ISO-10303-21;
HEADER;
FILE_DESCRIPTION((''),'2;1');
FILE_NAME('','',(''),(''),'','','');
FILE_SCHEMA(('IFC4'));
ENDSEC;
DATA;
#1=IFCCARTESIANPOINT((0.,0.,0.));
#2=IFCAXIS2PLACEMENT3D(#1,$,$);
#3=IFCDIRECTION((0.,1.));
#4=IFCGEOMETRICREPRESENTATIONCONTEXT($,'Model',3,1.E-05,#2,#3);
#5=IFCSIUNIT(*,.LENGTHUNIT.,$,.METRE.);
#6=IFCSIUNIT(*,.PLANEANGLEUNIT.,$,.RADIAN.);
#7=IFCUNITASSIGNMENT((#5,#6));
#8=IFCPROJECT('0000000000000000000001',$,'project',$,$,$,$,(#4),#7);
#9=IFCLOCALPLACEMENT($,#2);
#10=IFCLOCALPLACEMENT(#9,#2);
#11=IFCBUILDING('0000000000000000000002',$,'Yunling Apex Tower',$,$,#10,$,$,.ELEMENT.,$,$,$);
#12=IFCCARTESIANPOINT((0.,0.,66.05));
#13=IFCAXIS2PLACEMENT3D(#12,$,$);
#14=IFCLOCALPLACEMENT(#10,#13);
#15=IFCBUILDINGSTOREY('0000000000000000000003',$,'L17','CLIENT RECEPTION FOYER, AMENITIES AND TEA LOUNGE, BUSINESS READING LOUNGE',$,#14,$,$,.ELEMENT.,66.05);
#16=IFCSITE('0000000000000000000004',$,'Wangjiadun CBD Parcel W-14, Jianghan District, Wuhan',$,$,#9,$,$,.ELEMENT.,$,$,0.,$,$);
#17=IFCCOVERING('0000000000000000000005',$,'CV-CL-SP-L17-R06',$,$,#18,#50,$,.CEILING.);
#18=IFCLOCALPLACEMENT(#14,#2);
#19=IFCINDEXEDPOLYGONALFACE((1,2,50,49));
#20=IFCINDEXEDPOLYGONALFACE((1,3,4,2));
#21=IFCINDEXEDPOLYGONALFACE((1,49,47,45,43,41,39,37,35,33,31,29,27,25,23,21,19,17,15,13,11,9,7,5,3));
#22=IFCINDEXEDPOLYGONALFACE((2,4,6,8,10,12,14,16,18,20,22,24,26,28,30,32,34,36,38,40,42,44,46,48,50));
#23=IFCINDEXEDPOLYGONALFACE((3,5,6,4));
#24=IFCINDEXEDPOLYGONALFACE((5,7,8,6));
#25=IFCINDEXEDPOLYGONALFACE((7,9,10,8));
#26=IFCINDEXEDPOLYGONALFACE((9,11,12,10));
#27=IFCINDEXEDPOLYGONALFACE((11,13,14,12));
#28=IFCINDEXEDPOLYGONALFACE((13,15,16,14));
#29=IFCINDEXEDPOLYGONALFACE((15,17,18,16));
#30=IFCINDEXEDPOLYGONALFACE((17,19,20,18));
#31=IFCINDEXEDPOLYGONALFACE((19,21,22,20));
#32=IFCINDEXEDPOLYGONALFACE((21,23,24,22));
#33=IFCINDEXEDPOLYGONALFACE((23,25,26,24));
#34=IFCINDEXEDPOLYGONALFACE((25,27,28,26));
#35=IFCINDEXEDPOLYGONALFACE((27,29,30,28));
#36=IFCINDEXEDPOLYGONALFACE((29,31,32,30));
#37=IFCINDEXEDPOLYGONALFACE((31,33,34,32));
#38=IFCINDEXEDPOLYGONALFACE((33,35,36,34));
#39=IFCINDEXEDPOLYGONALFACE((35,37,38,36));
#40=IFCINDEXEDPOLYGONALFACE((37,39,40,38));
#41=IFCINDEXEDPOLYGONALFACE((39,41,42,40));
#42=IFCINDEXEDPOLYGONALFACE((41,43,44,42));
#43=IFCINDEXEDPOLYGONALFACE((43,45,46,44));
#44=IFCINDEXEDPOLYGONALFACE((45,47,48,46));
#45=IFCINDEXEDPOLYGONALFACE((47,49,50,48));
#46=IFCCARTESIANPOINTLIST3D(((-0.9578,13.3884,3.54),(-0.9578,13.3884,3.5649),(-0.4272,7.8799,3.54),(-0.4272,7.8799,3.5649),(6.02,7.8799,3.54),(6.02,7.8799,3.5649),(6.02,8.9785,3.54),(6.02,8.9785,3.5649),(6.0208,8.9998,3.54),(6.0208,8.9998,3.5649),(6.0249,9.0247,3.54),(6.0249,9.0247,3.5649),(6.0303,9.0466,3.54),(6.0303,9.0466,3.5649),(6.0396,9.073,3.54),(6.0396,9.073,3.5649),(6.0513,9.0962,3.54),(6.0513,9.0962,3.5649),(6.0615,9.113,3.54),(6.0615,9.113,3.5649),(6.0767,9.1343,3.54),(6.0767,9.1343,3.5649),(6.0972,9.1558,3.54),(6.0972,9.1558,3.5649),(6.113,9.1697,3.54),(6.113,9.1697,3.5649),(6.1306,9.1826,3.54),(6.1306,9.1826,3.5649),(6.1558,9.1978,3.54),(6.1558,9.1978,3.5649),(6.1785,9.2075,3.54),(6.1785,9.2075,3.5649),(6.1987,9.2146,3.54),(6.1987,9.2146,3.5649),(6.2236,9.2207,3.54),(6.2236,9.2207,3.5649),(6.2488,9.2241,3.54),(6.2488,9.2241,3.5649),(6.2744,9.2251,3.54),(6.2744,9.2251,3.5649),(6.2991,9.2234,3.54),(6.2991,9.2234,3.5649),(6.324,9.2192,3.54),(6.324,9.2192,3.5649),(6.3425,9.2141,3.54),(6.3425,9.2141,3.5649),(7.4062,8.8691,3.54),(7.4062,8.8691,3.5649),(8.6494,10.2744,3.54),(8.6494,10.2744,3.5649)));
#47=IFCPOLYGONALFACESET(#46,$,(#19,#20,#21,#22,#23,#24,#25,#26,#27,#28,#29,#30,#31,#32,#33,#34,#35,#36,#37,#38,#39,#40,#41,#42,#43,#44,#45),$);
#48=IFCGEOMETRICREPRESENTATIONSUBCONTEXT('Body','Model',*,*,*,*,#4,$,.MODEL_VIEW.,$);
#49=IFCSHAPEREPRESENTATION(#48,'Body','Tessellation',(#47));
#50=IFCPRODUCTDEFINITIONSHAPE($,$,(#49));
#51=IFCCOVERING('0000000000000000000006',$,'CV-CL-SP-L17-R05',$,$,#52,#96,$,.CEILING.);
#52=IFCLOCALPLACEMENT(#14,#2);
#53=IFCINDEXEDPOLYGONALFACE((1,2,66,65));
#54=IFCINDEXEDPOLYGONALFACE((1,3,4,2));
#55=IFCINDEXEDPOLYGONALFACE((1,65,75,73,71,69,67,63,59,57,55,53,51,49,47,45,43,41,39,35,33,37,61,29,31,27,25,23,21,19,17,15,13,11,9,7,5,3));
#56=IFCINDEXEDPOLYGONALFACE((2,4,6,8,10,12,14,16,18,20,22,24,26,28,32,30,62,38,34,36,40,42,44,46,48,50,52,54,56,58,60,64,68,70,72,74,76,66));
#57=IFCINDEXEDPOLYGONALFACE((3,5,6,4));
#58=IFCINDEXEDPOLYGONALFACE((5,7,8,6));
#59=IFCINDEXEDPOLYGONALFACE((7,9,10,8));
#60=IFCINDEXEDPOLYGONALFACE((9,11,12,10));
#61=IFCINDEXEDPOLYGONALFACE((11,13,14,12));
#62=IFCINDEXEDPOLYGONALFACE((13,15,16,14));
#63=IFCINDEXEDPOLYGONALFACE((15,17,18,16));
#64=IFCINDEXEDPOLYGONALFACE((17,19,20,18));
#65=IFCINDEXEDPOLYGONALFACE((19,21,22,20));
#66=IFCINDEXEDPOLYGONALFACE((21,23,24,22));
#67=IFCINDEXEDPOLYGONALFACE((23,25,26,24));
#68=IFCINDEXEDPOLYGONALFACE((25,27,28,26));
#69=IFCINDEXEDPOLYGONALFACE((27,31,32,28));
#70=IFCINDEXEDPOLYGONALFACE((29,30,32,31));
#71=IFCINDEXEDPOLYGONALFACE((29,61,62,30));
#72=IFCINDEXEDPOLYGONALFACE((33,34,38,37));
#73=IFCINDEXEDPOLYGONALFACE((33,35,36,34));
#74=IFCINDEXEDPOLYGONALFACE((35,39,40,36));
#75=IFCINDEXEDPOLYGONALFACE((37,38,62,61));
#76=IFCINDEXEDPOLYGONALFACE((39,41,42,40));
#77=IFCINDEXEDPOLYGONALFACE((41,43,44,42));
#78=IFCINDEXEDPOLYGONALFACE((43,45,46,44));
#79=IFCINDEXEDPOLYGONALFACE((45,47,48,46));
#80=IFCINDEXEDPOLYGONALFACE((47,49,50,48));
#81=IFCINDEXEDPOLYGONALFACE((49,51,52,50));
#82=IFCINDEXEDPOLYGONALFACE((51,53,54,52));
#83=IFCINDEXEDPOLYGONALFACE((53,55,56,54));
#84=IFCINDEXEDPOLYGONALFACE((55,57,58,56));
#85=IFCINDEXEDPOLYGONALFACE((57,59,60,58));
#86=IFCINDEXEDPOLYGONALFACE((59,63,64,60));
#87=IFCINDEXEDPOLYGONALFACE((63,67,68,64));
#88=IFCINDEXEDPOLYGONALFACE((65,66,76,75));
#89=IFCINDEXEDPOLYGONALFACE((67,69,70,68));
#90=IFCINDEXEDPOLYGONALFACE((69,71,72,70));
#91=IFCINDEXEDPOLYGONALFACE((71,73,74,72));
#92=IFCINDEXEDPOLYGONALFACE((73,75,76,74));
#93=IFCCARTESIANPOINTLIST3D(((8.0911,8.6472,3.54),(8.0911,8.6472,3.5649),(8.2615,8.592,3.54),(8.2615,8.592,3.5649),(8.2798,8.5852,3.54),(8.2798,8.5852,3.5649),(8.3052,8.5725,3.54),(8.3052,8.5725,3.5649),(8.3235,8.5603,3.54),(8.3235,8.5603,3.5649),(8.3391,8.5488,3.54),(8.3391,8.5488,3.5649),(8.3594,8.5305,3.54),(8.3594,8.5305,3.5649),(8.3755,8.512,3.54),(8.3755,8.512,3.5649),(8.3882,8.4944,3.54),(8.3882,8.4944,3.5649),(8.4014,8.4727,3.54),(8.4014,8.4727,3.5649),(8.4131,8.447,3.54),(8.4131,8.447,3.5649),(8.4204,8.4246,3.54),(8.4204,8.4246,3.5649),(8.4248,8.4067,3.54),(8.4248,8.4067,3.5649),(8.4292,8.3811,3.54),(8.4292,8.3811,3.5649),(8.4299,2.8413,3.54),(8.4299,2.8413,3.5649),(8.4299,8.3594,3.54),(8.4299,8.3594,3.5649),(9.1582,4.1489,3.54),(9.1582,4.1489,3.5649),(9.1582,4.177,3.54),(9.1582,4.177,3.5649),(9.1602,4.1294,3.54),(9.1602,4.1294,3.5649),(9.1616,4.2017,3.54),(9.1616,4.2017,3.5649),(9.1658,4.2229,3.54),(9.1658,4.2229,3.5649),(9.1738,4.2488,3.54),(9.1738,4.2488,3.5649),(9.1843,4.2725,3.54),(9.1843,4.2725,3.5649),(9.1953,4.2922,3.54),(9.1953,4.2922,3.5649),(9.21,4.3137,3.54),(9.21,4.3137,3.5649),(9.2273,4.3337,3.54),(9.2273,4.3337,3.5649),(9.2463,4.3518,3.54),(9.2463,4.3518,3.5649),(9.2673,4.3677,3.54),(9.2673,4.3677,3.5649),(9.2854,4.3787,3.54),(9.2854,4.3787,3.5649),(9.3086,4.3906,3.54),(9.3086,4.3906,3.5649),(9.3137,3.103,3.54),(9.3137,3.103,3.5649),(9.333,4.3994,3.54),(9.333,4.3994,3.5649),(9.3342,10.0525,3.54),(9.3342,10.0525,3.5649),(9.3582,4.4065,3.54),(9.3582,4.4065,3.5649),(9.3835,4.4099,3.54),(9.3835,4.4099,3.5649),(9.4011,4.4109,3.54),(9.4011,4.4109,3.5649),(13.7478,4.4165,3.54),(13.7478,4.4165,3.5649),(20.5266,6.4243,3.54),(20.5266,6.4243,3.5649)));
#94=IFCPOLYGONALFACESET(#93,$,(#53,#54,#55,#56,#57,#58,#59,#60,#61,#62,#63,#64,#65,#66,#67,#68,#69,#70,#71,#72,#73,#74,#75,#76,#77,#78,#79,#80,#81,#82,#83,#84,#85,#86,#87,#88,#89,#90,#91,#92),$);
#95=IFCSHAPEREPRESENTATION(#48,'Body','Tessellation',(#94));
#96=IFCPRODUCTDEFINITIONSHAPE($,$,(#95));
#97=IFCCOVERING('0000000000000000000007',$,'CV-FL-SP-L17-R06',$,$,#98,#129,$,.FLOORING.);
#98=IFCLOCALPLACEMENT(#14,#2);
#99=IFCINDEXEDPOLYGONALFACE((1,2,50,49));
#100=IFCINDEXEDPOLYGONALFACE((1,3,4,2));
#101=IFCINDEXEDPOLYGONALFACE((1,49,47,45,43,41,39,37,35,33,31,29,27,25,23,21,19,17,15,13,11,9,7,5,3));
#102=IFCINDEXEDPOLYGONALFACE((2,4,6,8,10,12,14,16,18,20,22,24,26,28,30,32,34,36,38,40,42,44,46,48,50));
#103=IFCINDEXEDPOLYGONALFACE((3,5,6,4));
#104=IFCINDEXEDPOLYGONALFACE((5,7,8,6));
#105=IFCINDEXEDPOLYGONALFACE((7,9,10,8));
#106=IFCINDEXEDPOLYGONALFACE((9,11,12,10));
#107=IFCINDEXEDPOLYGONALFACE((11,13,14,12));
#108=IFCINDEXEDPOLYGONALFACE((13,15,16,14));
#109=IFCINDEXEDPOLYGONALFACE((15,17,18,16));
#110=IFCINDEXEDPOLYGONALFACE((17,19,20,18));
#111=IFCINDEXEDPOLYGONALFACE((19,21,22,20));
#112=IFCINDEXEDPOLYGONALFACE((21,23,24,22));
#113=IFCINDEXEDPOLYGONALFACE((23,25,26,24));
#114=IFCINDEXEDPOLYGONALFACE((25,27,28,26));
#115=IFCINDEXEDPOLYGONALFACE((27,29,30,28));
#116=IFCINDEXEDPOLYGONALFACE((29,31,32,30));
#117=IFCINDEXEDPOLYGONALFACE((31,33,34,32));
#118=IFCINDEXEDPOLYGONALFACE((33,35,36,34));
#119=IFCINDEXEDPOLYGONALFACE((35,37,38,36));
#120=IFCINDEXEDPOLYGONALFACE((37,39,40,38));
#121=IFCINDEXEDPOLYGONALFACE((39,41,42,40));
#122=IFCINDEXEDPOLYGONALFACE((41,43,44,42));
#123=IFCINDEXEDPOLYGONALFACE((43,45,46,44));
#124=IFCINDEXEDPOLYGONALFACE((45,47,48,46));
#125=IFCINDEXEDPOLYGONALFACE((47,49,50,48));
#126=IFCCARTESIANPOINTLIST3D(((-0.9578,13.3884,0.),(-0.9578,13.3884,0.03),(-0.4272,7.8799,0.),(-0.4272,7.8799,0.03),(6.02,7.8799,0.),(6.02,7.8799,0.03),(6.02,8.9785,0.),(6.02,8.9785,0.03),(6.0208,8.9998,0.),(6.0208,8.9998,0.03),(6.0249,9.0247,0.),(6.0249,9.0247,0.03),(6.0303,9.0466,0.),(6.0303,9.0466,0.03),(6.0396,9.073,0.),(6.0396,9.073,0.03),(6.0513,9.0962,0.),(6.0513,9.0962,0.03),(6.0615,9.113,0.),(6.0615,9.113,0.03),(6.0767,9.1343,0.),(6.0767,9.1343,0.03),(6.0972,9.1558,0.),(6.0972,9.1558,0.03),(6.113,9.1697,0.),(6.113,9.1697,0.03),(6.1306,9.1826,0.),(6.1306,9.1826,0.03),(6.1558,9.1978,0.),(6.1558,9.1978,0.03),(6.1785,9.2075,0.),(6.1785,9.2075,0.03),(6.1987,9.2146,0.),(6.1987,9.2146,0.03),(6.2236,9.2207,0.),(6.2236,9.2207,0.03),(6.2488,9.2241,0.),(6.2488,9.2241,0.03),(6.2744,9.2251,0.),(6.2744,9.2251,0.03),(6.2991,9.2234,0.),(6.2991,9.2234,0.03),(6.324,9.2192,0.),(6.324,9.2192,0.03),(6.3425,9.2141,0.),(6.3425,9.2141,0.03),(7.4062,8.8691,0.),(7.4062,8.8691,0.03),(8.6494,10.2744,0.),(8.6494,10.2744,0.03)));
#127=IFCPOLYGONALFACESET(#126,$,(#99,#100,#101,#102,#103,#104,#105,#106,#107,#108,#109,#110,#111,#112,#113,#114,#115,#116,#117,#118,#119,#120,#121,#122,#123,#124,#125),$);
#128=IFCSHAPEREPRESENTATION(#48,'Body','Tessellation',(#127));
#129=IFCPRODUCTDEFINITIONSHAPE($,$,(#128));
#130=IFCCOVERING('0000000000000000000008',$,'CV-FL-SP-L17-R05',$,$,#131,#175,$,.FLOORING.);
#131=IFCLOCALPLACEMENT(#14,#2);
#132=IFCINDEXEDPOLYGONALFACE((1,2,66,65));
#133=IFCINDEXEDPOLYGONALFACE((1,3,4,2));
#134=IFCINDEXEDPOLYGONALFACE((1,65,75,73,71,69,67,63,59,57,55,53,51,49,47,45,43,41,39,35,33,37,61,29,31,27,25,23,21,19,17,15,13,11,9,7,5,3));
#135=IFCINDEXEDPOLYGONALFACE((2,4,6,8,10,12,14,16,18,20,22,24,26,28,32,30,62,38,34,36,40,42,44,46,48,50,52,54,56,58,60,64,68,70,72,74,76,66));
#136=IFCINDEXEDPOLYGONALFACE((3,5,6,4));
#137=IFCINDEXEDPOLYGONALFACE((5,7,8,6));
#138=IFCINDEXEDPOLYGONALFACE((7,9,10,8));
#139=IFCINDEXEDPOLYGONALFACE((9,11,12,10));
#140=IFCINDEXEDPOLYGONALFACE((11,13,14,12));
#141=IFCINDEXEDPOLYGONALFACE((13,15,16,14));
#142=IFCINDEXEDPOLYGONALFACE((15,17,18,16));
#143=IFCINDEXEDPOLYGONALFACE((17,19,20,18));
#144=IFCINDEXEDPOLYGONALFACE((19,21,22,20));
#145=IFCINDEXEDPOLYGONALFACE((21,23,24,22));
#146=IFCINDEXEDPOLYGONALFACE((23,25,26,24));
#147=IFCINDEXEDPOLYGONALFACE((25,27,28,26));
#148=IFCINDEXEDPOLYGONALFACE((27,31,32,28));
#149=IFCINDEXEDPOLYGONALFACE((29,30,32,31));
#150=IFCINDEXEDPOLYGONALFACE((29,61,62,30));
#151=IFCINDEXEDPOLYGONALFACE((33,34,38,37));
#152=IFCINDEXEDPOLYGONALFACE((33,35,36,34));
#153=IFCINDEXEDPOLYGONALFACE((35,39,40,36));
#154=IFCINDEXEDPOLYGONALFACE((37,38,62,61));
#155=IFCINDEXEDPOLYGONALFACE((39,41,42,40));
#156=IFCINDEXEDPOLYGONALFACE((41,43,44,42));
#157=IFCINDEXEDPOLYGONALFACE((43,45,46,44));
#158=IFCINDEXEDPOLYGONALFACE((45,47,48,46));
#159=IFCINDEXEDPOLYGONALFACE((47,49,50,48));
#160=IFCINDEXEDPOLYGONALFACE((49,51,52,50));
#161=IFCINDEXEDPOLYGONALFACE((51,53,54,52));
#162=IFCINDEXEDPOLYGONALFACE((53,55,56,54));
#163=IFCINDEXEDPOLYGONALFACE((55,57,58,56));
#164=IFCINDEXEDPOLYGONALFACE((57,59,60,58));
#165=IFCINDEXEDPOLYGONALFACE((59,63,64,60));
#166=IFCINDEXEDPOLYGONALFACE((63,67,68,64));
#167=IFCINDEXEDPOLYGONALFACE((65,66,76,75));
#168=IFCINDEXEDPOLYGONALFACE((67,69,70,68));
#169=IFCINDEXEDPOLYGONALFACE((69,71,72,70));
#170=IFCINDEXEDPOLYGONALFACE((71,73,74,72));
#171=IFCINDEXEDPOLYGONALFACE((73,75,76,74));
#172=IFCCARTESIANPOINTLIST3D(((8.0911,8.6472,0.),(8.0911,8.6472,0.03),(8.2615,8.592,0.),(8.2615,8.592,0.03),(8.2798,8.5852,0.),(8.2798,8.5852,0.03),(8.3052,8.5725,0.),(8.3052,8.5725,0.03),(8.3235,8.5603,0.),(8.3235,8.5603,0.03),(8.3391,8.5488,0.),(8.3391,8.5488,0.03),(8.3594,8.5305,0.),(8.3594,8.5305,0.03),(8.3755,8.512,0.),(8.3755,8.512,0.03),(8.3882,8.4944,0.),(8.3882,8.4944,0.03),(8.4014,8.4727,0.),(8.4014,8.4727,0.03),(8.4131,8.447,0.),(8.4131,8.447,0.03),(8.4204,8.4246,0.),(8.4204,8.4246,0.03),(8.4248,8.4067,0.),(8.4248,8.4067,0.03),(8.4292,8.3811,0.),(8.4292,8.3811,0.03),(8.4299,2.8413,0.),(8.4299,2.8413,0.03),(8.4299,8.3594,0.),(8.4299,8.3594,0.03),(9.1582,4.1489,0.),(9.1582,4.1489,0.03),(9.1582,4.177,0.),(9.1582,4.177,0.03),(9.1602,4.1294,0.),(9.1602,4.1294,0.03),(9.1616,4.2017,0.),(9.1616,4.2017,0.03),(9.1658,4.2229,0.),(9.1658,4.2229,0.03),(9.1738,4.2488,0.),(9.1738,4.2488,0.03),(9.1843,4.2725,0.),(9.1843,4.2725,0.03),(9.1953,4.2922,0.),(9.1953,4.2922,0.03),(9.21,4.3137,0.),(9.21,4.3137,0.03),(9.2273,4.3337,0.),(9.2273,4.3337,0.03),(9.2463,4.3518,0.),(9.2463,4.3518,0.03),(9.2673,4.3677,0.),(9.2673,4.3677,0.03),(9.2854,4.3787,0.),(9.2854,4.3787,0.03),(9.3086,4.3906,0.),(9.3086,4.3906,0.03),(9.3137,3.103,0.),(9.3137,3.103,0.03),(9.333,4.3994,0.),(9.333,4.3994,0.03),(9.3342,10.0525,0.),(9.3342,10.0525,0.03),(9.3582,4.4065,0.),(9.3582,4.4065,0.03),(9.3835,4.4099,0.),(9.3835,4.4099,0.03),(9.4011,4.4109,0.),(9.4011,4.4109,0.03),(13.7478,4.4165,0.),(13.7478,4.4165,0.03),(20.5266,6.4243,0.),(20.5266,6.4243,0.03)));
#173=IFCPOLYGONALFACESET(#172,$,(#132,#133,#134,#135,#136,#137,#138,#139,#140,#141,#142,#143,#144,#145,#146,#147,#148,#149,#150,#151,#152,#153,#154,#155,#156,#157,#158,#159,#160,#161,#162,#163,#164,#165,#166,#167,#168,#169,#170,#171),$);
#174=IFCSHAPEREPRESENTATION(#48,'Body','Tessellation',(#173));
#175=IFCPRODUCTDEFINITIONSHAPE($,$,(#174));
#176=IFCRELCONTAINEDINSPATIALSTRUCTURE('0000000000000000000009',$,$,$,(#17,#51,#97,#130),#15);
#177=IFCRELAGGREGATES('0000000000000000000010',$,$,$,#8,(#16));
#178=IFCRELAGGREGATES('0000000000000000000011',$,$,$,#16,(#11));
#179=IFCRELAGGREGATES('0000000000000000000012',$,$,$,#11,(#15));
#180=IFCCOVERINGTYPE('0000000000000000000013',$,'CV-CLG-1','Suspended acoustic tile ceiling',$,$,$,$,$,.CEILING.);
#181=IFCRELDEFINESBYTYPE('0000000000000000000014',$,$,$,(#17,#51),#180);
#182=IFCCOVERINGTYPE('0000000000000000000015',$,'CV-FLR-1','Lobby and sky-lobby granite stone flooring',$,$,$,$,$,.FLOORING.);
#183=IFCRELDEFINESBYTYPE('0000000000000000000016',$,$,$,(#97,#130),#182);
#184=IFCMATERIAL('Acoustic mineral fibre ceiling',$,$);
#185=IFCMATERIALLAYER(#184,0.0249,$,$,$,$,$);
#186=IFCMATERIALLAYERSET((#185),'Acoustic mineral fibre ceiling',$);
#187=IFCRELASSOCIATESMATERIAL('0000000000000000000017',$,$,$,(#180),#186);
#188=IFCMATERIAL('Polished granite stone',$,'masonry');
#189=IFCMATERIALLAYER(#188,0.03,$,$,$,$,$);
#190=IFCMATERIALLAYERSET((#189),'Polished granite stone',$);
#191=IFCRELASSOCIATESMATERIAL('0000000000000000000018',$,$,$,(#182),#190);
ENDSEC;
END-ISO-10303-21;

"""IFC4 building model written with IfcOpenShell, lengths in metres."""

from ifc_helpers import new_model, si_unit, direction, frame, origin, place, context, subcontext, project, spatial, polyline, outline, extrude, material, layer, layer_set, type_object, element, save


model = new_model("IFC4")

# Units and contexts
model_context = context("Model", 3, precision=1e-05, world=origin(), true_north=direction((0.0, 1.0)))
body_context = subcontext(model_context, "Body", "Model", "MODEL_VIEW")
ifc_project = project(units=[si_unit("LENGTHUNIT", "METRE"), si_unit("PLANEANGLEUNIT", "RADIAN")], contexts=[model_context])

# Site, building, storey
site_placement = place(None, origin())
site = spatial("IfcSite", under=ifc_project, at=site_placement, Name="Wangjiadun CBD Parcel W-14, Jianghan District, Wuhan", CompositionType="ELEMENT", RefElevation=0.0)
building_placement = place(site_placement, origin())
building = spatial("IfcBuilding", under=site, at=building_placement, Name="Yunling Apex Tower", CompositionType="ELEMENT")
storey_placement = place(building_placement, frame((0.0, 0.0, 66.05)))
storey = spatial("IfcBuildingStorey", under=building, at=storey_placement, Name="L17", Description="CLIENT RECEPTION FOYER, AMENITIES AND TEA LOUNGE, BUSINESS READING LOUNGE", CompositionType="ELEMENT", Elevation=66.05)

# Coverings
ifc_material_1 = material(Name="Acoustic mineral fibre ceiling")
ifc_layer_1 = layer(ifc_material_1, 0.0249)
ifc_layer_set_1 = layer_set([ifc_layer_1], Name="Acoustic mineral fibre ceiling")
covering_type_1 = type_object("IfcCoveringType", Name="CV-CLG-1", Description="Suspended acoustic tile ceiling", PredefinedType="CEILING", material=ifc_layer_set_1)
covering_1_placement = place(storey_placement, frame((0.0, 0.0, 3.54)))
element("IfcCovering", 1, at=covering_1_placement, inside=storey, type_object=covering_type_1, Name="CV-CL-SP-L17-R06", PredefinedType="CEILING", context=body_context, shape_type="SweptSolid", body=[
    extrude(outline(polyline([(-0.9578, 13.3884), (8.6494, 10.2744), (7.4062, 8.8691), (6.3425, 9.2141), (6.324, 9.2192), (6.2991, 9.2234), (6.2744, 9.2251), (6.2488, 9.2241), (6.2236, 9.2207), (6.1987, 9.2146), (6.1785, 9.2075), (6.1558, 9.1978), (6.1306, 9.1826), (6.113, 9.1697), (6.0972, 9.1558), (6.0767, 9.1343), (6.0615, 9.113), (6.0513, 9.0962), (6.0396, 9.073), (6.0303, 9.0466), (6.0249, 9.0247), (6.0208, 8.9998), (6.02, 8.9785), (6.02, 7.8799), (-0.4272, 7.8799), (-0.9578, 13.3884)])), origin(), (0.0, 0.0, 1.0), 0.0249),
])
covering_2_placement = place(storey_placement, frame((0.0, 0.0, 3.54)))
element("IfcCovering", 2, at=covering_2_placement, inside=storey, type_object=covering_type_1, Name="CV-CL-SP-L17-R05", PredefinedType="CEILING", context=body_context, shape_type="SweptSolid", body=[
    extrude(outline(polyline([(9.3342, 10.0525), (20.5266, 6.4243), (13.7478, 4.4165), (9.4011, 4.4109), (9.3835, 4.4099), (9.3582, 4.4065), (9.333, 4.3994), (9.3086, 4.3906), (9.2854, 4.3787), (9.2673, 4.3677), (9.2463, 4.3518), (9.2273, 4.3337), (9.21, 4.3137), (9.1953, 4.2922), (9.1843, 4.2725), (9.1738, 4.2488), (9.1658, 4.2229), (9.1616, 4.2017), (9.1582, 4.177), (9.1582, 4.1489), (9.1602, 4.1294), (9.3137, 3.103), (8.4299, 2.8413), (8.4299, 8.3594), (8.4292, 8.3811), (8.4248, 8.4067), (8.4204, 8.4246), (8.4131, 8.447), (8.4014, 8.4727), (8.3882, 8.4944), (8.3755, 8.512), (8.3594, 8.5305), (8.3391, 8.5488), (8.3235, 8.5603), (8.3052, 8.5725), (8.2798, 8.5852), (8.2615, 8.592), (8.0911, 8.6472), (9.3342, 10.0525)])), origin(), (0.0, 0.0, 1.0), 0.0249),
])
ifc_material_2 = material(Name="Polished granite stone", Category="masonry")
ifc_layer_2 = layer(ifc_material_2, 0.03)
ifc_layer_set_2 = layer_set([ifc_layer_2], Name="Polished granite stone")
covering_type_2 = type_object("IfcCoveringType", Name="CV-FLR-1", Description="Lobby and sky-lobby granite stone flooring", PredefinedType="FLOORING", material=ifc_layer_set_2)
covering_3_placement = place(storey_placement, origin())
element("IfcCovering", 3, at=covering_3_placement, inside=storey, type_object=covering_type_2, Name="CV-FL-SP-L17-R06", PredefinedType="FLOORING", context=body_context, shape_type="SweptSolid", body=[
    extrude(outline(polyline([(-0.9578, 13.3884), (8.6494, 10.2744), (7.4062, 8.8691), (6.3425, 9.2141), (6.324, 9.2192), (6.2991, 9.2234), (6.2744, 9.2251), (6.2488, 9.2241), (6.2236, 9.2207), (6.1987, 9.2146), (6.1785, 9.2075), (6.1558, 9.1978), (6.1306, 9.1826), (6.113, 9.1697), (6.0972, 9.1558), (6.0767, 9.1343), (6.0615, 9.113), (6.0513, 9.0962), (6.0396, 9.073), (6.0303, 9.0466), (6.0249, 9.0247), (6.0208, 8.9998), (6.02, 8.9785), (6.02, 7.8799), (-0.4272, 7.8799), (-0.9578, 13.3884)])), origin(), (0.0, 0.0, 1.0), 0.03),
])
covering_4_placement = place(storey_placement, origin())
element("IfcCovering", 4, at=covering_4_placement, inside=storey, type_object=covering_type_2, Name="CV-FL-SP-L17-R05", PredefinedType="FLOORING", context=body_context, shape_type="SweptSolid", body=[
    extrude(outline(polyline([(9.3342, 10.0525), (20.5266, 6.4243), (13.7478, 4.4165), (9.4011, 4.4109), (9.3835, 4.4099), (9.3582, 4.4065), (9.333, 4.3994), (9.3086, 4.3906), (9.2854, 4.3787), (9.2673, 4.3677), (9.2463, 4.3518), (9.2273, 4.3337), (9.21, 4.3137), (9.1953, 4.2922), (9.1843, 4.2725), (9.1738, 4.2488), (9.1658, 4.2229), (9.1616, 4.2017), (9.1582, 4.177), (9.1582, 4.1489), (9.1602, 4.1294), (9.3137, 3.103), (8.4299, 2.8413), (8.4299, 8.3594), (8.4292, 8.3811), (8.4248, 8.4067), (8.4204, 8.4246), (8.4131, 8.447), (8.4014, 8.4727), (8.3882, 8.4944), (8.3755, 8.512), (8.3594, 8.5305), (8.3391, 8.5488), (8.3235, 8.5603), (8.3052, 8.5725), (8.2798, 8.5852), (8.2615, 8.592), (8.0911, 8.6472), (9.3342, 10.0525)])), origin(), (0.0, 0.0, 1.0), 0.03),
])

save(model, "model.ifc")
